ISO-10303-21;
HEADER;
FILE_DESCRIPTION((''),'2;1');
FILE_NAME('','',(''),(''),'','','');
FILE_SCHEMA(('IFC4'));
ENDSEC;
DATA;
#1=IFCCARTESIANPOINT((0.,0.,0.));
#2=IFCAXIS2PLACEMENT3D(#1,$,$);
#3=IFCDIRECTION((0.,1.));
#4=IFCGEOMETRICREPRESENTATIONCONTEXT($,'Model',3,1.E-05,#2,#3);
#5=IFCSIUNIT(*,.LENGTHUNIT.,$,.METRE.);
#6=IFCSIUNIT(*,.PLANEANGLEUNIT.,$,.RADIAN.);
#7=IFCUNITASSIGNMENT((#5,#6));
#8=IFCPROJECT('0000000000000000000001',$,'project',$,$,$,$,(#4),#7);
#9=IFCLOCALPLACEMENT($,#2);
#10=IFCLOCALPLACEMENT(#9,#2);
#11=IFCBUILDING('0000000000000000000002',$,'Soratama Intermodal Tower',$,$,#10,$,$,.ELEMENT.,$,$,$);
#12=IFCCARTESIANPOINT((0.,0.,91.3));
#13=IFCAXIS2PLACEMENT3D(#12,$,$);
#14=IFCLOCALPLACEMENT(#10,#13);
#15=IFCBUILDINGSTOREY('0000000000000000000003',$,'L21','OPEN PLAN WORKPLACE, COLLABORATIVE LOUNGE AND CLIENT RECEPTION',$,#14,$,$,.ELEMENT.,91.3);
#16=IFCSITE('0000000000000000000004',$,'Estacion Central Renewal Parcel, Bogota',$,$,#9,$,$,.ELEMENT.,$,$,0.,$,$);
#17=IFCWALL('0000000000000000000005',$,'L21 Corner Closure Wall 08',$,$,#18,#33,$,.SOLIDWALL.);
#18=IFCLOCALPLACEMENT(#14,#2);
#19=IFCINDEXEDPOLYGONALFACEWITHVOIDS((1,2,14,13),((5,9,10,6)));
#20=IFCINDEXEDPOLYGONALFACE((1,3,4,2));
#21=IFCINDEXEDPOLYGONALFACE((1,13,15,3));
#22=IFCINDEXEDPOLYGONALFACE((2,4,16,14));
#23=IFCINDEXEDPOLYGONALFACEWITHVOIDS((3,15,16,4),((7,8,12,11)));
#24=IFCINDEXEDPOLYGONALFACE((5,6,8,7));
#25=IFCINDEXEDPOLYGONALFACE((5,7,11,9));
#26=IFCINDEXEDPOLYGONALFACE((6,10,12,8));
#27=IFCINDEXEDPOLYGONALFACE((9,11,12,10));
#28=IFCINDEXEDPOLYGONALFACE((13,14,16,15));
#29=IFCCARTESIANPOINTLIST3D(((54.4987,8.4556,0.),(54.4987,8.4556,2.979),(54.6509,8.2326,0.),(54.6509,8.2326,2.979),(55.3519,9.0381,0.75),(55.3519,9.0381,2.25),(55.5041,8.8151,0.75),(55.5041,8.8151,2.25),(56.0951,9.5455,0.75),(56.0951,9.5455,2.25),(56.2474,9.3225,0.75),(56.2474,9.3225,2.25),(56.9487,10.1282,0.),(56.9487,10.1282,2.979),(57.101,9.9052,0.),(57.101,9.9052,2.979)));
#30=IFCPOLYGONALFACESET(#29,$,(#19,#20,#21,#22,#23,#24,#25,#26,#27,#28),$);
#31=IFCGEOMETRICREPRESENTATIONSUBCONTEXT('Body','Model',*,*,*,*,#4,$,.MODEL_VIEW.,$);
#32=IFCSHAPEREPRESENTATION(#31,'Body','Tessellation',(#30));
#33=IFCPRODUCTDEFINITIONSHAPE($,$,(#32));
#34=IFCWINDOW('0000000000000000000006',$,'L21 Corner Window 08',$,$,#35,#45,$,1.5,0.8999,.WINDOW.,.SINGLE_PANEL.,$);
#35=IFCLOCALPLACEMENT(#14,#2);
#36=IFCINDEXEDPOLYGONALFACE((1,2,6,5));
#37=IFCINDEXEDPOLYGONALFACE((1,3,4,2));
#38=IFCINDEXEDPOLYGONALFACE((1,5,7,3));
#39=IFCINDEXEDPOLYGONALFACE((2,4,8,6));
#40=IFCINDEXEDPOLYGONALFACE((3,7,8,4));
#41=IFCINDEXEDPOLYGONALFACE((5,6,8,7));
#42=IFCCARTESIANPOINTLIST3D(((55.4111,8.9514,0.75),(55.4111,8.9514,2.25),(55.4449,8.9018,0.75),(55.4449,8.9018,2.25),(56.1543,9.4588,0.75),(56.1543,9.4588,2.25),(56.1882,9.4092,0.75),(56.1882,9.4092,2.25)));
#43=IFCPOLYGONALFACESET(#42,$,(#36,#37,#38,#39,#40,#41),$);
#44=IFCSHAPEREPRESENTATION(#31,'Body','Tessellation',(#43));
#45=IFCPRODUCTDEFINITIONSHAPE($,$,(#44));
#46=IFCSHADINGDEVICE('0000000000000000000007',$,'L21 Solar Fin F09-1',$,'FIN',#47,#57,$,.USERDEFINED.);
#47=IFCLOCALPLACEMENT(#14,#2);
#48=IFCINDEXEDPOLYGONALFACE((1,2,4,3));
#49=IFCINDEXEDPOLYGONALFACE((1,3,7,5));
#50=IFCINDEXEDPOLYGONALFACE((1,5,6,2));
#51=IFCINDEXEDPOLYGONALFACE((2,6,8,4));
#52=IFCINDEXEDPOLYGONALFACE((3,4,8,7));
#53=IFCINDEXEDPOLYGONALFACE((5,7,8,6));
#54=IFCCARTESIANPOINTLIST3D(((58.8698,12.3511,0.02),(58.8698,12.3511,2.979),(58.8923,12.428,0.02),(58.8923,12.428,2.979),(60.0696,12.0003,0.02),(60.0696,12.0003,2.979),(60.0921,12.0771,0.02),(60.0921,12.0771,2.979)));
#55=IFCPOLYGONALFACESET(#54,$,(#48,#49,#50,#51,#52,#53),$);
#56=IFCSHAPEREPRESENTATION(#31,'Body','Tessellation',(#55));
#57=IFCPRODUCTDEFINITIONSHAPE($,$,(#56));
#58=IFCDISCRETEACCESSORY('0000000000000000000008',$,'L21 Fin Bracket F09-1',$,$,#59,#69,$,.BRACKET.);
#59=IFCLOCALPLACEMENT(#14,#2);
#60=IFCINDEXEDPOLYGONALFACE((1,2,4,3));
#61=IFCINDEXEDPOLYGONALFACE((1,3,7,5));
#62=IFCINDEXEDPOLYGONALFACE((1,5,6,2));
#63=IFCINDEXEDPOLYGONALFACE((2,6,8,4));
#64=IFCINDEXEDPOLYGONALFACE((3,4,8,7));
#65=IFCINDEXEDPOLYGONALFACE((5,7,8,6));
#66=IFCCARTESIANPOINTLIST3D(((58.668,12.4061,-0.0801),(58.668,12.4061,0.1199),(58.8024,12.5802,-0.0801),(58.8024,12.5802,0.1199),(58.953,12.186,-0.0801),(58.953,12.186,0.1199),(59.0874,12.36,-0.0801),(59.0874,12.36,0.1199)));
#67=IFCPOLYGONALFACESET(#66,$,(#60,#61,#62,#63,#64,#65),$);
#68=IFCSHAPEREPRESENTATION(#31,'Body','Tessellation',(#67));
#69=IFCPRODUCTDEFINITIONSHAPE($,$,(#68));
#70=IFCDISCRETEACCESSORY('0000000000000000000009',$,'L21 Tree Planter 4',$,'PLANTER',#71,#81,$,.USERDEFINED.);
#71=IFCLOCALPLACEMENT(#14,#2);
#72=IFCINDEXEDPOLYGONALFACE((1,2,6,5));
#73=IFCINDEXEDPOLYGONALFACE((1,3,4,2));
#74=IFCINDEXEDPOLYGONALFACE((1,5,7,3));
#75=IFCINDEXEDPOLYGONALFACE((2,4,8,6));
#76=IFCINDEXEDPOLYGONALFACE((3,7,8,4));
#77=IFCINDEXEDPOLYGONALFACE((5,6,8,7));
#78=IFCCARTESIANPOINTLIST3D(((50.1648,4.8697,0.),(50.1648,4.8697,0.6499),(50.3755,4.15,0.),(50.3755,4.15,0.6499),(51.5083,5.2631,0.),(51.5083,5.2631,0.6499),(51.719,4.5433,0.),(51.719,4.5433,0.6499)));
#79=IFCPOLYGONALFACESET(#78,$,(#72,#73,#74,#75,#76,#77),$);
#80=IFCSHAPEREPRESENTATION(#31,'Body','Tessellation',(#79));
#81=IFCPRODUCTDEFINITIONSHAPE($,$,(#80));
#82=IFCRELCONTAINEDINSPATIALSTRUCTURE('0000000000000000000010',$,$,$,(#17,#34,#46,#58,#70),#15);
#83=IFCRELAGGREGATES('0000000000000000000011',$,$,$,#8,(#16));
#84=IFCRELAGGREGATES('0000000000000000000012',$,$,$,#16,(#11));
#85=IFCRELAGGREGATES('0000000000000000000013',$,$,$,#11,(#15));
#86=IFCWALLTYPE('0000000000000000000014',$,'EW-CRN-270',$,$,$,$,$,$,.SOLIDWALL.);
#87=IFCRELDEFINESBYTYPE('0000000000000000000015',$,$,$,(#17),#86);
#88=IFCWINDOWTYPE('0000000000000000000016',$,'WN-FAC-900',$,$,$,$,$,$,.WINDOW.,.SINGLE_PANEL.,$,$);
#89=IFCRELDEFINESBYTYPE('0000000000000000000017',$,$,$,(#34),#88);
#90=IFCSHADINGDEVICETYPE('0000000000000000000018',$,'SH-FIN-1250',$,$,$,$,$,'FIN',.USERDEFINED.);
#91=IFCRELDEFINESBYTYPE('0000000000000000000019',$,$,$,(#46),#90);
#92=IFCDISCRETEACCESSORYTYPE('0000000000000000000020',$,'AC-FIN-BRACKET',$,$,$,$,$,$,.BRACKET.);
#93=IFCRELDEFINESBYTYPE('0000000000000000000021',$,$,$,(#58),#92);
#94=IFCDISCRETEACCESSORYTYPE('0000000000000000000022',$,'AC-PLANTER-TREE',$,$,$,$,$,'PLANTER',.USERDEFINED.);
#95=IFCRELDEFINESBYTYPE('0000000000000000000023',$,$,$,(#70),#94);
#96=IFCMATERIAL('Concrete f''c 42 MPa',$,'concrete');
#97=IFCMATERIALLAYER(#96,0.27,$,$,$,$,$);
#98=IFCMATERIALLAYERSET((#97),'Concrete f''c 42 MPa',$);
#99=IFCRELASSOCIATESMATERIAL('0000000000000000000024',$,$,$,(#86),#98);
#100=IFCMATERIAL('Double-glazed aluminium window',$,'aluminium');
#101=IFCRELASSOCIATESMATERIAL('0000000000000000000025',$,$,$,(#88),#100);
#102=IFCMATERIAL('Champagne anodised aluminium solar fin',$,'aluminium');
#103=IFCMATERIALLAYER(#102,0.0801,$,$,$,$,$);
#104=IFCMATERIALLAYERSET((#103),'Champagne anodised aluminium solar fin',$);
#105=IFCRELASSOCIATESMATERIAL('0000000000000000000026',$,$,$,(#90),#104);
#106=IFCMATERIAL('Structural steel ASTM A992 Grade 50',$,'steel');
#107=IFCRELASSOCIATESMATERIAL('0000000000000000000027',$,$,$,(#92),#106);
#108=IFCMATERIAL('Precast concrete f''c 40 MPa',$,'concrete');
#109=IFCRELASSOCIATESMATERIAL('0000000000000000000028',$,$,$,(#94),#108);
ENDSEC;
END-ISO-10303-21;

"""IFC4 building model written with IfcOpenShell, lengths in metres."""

from ifc_helpers import new_model, si_unit, direction, frame, frame_2d, origin, origin_2d, place, context, subcontext, project, spatial, rectangle, extrude, material, layer, layer_set, type_object, element, fill, save


model = new_model("IFC4")

# Units and contexts
model_context = context("Model", 3, precision=1e-05, world=origin(), true_north=direction((0.0, 1.0)))
body_context = subcontext(model_context, "Body", "Model", "MODEL_VIEW")
ifc_project = project(units=[si_unit("LENGTHUNIT", "METRE"), si_unit("PLANEANGLEUNIT", "RADIAN")], contexts=[model_context])

# Site, building, storey
site_placement = place(None, origin())
site = spatial("IfcSite", under=ifc_project, at=site_placement, Name="Estacion Central Renewal Parcel, Bogota", CompositionType="ELEMENT", RefElevation=0.0)
building_placement = place(site_placement, origin())
building = spatial("IfcBuilding", under=site, at=building_placement, Name="Soratama Intermodal Tower", CompositionType="ELEMENT")
storey_placement = place(building_placement, frame((0.0, 0.0, 91.3)))
storey = spatial("IfcBuildingStorey", under=building, at=storey_placement, Name="L21", Description="OPEN PLAN WORKPLACE, COLLABORATIVE LOUNGE AND CLIENT RECEPTION", CompositionType="ELEMENT", Elevation=91.3)

# Wall, opening, window
ifc_material_1 = material(Name="Concrete f'c 42 MPa", Category="concrete")
ifc_layer_1 = layer(ifc_material_1, 0.27)
ifc_layer_set_1 = layer_set([ifc_layer_1], Name="Concrete f'c 42 MPa")
wall_type = type_object("IfcWallType", Name="EW-CRN-270", PredefinedType="SOLIDWALL", material=ifc_layer_set_1)
wall_placement = place(storey_placement, frame((54.5747, 8.344, 0.0), z_axis=(0.0, 0.0, 1.0), x_axis=(0.825884, 0.56384, 0.0)))
wall = element("IfcWall", 1, at=wall_placement, inside=storey, type_object=wall_type, Name="L21 Corner Closure Wall 08", PredefinedType="SOLIDWALL", context=body_context, shape_type="SweptSolid", body=[
    extrude(rectangle(XDim=2.9666, YDim=0.27, at=frame_2d((1.4834, 0.0))), origin(), (0.0, 0.0, 1.0), 2.979),
])
opening_placement = place(wall_placement, frame((1.0332, 0.0, 0.75)))
opening = element("IfcOpeningElement", 2, at=opening_placement, cuts=wall, PredefinedType="OPENING", context=body_context, shape_type="SweptSolid", body=[
    extrude(rectangle(XDim=0.8999, YDim=1.5, at=frame_2d((0.45, 0.75))), frame((0.0, 0.145, 0.0), z_axis=(0.0, -1.0, 0.0), x_axis=(1.0, 0.0, 0.0)), (0.0, 0.0, 1.0), 0.29),
])
ifc_material_2 = material(Name="Double-glazed aluminium window", Category="aluminium")
window_type = type_object("IfcWindowType", Name="WN-FAC-900", PartitioningType="SINGLE_PANEL", PredefinedType="WINDOW", material=ifc_material_2)
window_placement = place(opening_placement, origin())
window = element("IfcWindow", 3, at=window_placement, inside=storey, type_object=window_type, Name="L21 Corner Window 08", OverallHeight=1.5, OverallWidth=0.8999, PartitioningType="SINGLE_PANEL", PredefinedType="WINDOW", context=body_context, shape_type="SweptSolid", body=[
    extrude(rectangle(XDim=0.8999, YDim=1.5, at=frame_2d((0.45, 0.75))), frame((0.0, 0.03, 0.0), z_axis=(0.0, -1.0, 0.0), x_axis=(1.0, 0.0, 0.0)), (0.0, 0.0, 1.0), 0.0601),
])
fill(opening, window)

# Shading device
ifc_material_3 = material(Name="Champagne anodised aluminium solar fin", Category="aluminium")
ifc_layer_2 = layer(ifc_material_3, 0.0801)
ifc_layer_set_2 = layer_set([ifc_layer_2], Name="Champagne anodised aluminium solar fin")
shading_device_type = type_object("IfcShadingDeviceType", Name="SH-FIN-1250", ElementType="FIN", PredefinedType="USERDEFINED", material=ifc_layer_set_2)
shading_device_placement = place(storey_placement, frame((59.481, 12.2141, 0.02), z_axis=(0.0, 0.0, 1.0), x_axis=(0.959805, -0.280667, 0.0)))
element("IfcShadingDevice", 4, at=shading_device_placement, inside=storey, type_object=shading_device_type, Name="L21 Solar Fin F09-1", ObjectType="FIN", PredefinedType="USERDEFINED", context=body_context, shape_type="SweptSolid", body=[
    extrude(rectangle(XDim=1.25, YDim=0.0801, at=origin_2d()), origin(), (0.0, 0.0, 1.0), 2.959),
])

# Discrete accessories
ifc_material_4 = material(Name="Structural steel ASTM A992 Grade 50", Category="steel")
discrete_accessory_type_1 = type_object("IfcDiscreteAccessoryType", Name="AC-FIN-BRACKET", PredefinedType="BRACKET", material=ifc_material_4)
discrete_accessory_1_placement = place(storey_placement, frame((58.8777, 12.3831, -0.0801), z_axis=(0.0, 0.0, 1.0), x_axis=(0.791437, -0.611251, 0.0)))
element("IfcDiscreteAccessory", 5, at=discrete_accessory_1_placement, inside=storey, type_object=discrete_accessory_type_1, Name="L21 Fin Bracket F09-1", PredefinedType="BRACKET", context=body_context, shape_type="SweptSolid", body=[
    extrude(rectangle(XDim=0.3601, YDim=0.22, at=origin_2d()), origin(), (0.0, 0.0, 1.0), 0.2),
])
ifc_material_5 = material(Name="Precast concrete f'c 40 MPa", Category="concrete")
discrete_accessory_type_2 = type_object("IfcDiscreteAccessoryType", Name="AC-PLANTER-TREE", ElementType="PLANTER", PredefinedType="USERDEFINED", material=ifc_material_5)
discrete_accessory_2_placement = place(storey_placement, frame((50.9419, 4.7065, 0.0), z_axis=(0.0, 0.0, 1.0), x_axis=(0.281002, -0.959707, 0.0)))
element("IfcDiscreteAccessory", 6, at=discrete_accessory_2_placement, inside=storey, type_object=discrete_accessory_type_2, Name="L21 Tree Planter 4", ObjectType="PLANTER", PredefinedType="USERDEFINED", context=body_context, shape_type="SweptSolid", body=[
    extrude(rectangle(XDim=0.75, YDim=1.3999, at=origin_2d()), origin(), (0.0, 0.0, 1.0), 0.6499),
])

save(model, "model.ifc")
